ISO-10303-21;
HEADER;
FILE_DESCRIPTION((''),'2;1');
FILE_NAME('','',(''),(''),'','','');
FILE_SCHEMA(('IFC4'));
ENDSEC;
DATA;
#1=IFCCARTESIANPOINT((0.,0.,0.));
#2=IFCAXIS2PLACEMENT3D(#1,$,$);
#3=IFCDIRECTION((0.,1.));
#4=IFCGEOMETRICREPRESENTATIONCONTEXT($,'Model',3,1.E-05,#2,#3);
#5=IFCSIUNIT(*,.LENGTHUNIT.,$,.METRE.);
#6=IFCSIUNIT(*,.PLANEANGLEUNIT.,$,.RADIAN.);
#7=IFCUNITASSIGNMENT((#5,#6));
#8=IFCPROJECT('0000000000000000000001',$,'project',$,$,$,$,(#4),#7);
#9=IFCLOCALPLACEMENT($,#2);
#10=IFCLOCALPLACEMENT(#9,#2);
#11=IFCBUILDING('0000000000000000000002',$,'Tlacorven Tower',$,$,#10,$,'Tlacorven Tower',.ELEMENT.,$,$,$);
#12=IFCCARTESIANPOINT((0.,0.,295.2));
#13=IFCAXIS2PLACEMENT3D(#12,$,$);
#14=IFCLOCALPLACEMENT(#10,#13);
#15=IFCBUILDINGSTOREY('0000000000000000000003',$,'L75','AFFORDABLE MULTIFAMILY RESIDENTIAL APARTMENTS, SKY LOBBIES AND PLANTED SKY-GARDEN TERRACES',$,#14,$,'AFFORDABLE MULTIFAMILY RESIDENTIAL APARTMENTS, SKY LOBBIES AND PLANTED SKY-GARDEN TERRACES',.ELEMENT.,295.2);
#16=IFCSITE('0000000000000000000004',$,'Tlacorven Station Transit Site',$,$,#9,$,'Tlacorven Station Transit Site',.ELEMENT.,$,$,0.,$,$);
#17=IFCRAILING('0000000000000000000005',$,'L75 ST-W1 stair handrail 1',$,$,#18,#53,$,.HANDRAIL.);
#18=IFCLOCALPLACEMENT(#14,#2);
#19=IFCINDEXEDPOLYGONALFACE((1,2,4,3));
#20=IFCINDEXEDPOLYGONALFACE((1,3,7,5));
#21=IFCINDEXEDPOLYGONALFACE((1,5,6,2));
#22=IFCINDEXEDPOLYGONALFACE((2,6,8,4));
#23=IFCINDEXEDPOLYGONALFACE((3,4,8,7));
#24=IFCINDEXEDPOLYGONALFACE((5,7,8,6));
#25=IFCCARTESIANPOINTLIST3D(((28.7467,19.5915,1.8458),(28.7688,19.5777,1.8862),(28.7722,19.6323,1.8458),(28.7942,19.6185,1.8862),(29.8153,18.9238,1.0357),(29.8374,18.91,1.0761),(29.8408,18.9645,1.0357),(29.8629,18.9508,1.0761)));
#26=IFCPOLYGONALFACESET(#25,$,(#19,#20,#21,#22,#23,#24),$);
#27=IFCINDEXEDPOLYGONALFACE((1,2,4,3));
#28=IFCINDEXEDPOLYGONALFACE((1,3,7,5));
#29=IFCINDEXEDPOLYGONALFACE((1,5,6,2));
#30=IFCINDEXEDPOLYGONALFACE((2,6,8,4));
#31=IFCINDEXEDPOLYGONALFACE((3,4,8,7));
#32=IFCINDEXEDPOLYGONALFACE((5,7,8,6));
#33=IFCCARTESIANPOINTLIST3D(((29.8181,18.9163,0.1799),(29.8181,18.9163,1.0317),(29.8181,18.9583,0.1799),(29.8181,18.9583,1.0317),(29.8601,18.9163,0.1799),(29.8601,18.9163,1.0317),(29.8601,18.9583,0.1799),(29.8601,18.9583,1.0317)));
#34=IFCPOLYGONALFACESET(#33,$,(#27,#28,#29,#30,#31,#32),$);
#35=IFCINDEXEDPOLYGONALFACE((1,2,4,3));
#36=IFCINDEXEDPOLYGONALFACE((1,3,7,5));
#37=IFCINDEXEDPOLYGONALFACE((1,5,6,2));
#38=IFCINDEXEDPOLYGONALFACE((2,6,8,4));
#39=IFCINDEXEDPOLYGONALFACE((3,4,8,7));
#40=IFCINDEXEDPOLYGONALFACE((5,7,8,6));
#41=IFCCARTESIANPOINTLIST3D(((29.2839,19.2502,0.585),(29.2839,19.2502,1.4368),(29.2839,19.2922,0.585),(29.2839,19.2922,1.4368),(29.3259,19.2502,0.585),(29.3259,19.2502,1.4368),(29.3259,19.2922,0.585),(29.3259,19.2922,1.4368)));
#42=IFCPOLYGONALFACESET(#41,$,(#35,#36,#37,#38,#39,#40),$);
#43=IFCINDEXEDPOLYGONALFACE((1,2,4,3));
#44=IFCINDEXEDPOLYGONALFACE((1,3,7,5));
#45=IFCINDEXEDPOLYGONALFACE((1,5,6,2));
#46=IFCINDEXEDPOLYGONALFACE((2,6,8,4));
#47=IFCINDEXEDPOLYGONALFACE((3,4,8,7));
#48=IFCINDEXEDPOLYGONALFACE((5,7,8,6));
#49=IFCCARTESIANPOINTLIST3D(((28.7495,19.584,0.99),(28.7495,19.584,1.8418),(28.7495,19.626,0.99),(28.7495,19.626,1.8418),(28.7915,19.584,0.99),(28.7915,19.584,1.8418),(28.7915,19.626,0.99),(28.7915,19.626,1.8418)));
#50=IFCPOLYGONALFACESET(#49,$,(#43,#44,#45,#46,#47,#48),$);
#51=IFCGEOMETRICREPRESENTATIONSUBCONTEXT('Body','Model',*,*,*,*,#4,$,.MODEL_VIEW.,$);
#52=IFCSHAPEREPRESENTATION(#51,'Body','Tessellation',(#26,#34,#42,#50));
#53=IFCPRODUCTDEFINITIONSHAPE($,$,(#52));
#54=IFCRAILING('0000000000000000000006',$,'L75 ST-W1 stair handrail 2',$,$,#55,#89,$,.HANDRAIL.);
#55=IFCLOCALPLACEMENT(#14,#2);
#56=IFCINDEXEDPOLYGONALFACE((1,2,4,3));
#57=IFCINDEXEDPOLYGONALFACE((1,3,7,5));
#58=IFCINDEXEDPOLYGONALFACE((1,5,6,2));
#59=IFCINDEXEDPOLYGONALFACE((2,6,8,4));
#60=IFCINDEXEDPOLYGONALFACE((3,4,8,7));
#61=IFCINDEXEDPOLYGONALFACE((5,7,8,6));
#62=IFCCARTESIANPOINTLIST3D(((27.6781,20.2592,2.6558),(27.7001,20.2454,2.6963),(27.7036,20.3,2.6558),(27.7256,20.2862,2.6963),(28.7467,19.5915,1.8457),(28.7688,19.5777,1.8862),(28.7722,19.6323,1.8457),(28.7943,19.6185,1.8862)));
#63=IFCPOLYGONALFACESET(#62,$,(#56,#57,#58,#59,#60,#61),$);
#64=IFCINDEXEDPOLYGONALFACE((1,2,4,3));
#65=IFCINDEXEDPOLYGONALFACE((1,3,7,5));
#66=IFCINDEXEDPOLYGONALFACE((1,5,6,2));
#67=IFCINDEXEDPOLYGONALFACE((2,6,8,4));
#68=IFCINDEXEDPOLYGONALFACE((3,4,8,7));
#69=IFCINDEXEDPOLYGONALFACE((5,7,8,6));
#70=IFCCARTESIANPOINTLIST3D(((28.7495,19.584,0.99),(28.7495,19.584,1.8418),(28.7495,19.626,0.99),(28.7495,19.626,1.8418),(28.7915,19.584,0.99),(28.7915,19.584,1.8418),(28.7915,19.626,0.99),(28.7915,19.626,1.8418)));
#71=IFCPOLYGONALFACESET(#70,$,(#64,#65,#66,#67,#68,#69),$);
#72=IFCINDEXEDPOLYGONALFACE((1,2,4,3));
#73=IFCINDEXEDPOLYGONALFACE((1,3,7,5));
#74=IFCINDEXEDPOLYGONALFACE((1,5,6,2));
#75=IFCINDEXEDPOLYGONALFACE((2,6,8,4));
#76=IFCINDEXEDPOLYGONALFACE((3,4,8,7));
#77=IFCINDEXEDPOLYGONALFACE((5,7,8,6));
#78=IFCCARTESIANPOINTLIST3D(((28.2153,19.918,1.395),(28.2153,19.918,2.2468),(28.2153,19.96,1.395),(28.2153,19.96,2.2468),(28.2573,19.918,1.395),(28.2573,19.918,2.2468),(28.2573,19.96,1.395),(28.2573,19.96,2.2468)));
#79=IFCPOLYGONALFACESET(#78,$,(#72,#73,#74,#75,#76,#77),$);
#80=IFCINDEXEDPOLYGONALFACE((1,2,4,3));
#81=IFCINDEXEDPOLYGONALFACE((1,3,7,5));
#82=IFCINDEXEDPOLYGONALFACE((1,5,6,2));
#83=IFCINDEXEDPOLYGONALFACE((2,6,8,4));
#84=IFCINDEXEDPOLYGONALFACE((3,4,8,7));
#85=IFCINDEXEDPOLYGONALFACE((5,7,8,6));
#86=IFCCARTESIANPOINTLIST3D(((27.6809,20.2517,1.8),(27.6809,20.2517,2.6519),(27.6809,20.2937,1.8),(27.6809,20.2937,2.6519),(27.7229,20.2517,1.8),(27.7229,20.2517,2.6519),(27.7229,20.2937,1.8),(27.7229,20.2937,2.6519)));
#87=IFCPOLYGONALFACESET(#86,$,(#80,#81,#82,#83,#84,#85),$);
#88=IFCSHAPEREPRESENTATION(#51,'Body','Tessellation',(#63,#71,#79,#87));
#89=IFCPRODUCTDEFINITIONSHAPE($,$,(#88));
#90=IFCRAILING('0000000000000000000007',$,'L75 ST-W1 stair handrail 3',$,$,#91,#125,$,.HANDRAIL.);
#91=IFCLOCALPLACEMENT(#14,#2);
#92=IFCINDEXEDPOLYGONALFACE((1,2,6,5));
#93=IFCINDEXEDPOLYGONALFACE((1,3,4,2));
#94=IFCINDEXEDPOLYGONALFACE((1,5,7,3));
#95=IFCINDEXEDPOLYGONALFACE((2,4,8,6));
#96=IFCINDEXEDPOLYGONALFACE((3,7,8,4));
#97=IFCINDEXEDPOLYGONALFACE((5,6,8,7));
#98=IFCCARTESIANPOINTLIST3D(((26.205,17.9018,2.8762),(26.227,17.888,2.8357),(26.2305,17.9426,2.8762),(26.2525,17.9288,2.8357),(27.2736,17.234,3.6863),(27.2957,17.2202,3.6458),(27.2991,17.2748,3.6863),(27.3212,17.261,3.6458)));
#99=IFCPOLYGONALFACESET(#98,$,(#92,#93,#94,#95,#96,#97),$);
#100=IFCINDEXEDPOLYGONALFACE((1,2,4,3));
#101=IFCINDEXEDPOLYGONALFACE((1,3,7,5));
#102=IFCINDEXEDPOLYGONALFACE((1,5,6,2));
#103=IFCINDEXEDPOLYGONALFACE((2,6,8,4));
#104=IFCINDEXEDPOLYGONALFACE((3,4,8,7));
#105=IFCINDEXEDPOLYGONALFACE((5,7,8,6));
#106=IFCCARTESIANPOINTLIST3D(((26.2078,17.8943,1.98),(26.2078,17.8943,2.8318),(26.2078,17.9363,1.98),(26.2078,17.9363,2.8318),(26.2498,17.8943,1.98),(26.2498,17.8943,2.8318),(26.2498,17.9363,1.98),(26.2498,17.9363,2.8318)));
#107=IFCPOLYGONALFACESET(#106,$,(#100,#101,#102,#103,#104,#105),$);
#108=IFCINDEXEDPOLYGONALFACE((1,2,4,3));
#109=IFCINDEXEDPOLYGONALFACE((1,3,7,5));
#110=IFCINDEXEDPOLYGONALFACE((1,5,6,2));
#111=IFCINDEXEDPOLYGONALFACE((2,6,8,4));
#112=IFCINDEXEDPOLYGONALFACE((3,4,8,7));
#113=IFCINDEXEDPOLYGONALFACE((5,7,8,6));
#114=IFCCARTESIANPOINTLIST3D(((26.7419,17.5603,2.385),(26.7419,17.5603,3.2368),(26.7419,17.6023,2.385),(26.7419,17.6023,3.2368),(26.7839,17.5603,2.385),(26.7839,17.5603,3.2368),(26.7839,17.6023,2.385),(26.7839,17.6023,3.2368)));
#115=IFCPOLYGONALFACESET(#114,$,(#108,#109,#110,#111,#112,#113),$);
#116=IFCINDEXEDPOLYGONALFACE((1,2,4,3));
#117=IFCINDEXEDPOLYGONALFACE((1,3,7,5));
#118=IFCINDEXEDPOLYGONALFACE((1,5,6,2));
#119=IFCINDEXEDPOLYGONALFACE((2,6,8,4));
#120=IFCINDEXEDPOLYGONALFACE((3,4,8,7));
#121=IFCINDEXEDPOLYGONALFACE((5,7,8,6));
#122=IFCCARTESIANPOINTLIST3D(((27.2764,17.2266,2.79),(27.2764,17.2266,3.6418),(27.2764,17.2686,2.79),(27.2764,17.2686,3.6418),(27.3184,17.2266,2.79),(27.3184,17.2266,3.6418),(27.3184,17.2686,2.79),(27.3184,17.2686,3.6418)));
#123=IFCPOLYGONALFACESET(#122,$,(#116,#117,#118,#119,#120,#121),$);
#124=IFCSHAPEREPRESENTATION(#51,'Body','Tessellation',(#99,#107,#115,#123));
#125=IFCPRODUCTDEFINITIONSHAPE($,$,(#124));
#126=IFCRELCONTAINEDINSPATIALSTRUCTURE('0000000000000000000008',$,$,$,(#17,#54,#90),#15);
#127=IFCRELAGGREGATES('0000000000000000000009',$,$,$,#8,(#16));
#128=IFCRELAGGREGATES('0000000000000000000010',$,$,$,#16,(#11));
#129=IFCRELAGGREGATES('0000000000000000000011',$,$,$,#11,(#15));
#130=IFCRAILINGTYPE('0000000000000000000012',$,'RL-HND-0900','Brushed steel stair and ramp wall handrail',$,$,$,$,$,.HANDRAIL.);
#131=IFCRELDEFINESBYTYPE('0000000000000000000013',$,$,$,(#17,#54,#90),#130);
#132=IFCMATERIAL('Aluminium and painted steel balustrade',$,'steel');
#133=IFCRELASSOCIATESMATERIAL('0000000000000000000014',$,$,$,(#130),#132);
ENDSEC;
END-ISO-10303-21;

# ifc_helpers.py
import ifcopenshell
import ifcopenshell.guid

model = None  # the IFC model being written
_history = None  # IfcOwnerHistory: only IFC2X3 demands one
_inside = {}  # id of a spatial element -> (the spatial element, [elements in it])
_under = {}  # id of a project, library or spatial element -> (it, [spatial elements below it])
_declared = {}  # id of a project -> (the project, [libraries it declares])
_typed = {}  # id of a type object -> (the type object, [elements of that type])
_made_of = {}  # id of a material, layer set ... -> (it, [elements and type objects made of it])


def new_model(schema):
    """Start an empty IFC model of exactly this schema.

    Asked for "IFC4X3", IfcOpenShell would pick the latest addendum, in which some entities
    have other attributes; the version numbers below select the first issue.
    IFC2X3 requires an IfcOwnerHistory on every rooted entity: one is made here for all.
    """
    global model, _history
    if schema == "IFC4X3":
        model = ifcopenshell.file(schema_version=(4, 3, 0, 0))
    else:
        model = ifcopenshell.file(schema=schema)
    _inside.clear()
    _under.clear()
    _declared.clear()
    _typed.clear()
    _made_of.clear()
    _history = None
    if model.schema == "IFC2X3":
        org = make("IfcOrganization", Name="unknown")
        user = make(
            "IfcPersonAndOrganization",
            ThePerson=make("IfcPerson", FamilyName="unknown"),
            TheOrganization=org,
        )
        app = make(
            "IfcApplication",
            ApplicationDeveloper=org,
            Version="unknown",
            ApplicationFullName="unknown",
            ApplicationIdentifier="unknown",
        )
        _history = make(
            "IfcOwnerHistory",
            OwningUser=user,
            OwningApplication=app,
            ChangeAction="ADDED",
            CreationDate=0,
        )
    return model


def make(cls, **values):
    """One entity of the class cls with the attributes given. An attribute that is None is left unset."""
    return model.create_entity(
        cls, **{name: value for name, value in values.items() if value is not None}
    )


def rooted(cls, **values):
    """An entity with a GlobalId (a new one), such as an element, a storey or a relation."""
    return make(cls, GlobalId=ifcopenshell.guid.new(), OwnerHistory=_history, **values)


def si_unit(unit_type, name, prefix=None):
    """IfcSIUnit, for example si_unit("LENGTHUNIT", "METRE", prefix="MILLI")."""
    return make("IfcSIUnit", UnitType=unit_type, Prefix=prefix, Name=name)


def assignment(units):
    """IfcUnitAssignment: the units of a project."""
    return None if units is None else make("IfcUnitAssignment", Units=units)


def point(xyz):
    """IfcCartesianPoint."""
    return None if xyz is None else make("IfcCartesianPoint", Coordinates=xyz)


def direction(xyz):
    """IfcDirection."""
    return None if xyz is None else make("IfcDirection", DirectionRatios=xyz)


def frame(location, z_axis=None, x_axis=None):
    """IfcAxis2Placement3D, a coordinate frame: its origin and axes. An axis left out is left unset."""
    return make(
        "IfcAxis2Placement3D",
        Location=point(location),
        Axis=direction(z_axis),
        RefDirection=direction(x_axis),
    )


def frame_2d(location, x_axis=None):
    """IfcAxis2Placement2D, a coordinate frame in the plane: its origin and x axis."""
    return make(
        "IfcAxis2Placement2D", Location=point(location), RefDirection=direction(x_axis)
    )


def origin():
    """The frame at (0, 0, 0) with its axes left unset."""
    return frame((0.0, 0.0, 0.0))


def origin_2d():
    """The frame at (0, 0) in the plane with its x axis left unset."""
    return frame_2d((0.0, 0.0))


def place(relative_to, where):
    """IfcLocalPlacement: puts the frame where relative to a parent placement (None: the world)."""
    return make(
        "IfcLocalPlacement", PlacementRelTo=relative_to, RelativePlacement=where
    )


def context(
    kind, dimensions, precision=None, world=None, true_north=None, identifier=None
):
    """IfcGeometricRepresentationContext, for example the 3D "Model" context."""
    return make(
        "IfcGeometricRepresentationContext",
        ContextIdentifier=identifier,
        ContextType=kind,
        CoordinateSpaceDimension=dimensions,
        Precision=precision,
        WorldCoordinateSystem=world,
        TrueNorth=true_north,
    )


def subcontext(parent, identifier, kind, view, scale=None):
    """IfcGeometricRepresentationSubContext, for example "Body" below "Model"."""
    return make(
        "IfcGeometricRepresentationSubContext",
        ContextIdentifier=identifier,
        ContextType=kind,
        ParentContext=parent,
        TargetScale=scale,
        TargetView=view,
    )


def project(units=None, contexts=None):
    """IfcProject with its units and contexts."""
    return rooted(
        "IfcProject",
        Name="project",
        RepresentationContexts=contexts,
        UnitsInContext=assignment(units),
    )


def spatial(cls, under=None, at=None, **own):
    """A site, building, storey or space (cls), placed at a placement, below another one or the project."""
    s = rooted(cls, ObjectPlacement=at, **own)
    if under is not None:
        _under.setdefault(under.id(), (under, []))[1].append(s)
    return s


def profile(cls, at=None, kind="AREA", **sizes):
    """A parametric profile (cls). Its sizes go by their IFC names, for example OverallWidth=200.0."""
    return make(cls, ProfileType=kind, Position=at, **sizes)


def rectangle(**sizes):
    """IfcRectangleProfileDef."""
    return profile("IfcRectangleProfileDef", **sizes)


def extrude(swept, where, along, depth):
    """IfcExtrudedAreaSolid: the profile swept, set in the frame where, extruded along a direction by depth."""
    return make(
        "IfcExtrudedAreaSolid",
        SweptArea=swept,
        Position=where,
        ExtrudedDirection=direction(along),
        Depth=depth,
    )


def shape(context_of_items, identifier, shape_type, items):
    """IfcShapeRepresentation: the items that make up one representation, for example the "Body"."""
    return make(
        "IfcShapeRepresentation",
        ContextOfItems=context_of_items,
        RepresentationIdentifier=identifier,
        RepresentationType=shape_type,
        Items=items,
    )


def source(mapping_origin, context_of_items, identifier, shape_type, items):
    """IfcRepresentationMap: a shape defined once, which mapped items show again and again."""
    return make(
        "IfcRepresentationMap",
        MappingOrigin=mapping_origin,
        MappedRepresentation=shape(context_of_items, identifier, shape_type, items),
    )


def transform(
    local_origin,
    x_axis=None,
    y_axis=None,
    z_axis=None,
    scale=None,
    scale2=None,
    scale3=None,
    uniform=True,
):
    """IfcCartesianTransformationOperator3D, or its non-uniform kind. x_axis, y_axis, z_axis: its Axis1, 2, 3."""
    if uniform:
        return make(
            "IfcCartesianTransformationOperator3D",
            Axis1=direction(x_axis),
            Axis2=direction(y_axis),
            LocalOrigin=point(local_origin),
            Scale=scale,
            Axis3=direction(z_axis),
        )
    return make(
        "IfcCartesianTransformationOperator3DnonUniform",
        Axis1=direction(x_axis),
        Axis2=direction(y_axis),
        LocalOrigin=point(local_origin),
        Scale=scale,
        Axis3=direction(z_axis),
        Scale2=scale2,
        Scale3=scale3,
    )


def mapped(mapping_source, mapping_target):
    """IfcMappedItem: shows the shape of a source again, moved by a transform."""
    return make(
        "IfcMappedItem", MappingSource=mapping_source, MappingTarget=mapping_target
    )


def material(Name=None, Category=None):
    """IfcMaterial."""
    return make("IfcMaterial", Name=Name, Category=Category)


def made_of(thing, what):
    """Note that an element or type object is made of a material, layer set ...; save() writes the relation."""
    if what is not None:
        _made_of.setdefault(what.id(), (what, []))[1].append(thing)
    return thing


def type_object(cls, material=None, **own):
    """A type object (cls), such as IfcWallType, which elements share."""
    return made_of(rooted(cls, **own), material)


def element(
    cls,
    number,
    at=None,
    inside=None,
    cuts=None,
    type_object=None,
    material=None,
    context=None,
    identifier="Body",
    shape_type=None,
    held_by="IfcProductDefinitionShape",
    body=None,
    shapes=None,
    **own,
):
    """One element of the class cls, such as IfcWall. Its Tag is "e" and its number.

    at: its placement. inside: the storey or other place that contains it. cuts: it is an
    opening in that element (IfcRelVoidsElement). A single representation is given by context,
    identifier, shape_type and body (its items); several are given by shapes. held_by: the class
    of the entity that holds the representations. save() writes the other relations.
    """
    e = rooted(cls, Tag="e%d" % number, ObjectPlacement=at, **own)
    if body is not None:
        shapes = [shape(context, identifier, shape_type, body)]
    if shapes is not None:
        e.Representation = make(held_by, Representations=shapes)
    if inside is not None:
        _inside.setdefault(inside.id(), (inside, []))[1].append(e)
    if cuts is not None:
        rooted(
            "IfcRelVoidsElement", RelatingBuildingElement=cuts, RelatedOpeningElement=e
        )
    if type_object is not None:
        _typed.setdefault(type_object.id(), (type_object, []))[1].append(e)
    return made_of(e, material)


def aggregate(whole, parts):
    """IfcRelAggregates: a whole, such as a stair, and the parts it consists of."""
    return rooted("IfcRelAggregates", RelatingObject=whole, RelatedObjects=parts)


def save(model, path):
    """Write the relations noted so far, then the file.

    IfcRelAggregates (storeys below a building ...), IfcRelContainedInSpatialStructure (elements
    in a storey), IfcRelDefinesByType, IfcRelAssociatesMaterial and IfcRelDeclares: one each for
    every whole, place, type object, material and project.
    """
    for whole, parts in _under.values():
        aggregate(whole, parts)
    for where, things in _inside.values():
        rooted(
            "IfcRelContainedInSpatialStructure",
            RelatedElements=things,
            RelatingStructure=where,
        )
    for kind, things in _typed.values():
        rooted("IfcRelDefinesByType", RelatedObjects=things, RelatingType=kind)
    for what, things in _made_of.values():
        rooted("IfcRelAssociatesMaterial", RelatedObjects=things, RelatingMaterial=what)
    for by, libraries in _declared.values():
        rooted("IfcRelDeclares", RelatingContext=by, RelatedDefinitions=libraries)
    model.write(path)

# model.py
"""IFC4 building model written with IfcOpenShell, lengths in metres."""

from ifc_helpers import new_model, si_unit, direction, frame, origin, origin_2d, place, context, subcontext, project, spatial, rectangle, extrude, source, transform, mapped, material, type_object, element, save


model = new_model("IFC4")

# Units and contexts
model_context = context("Model", 3, precision=1e-05, world=origin(), true_north=direction((0.0, 1.0)))
body_context = subcontext(model_context, "Body", "Model", "MODEL_VIEW")
ifc_project = project(units=[si_unit("LENGTHUNIT", "METRE"), si_unit("PLANEANGLEUNIT", "RADIAN")], contexts=[model_context])

# Site, building, storey
site_placement = place(None, origin())
site = spatial("IfcSite", under=ifc_project, at=site_placement, Name="Tlacorven Station Transit Site", LongName="Tlacorven Station Transit Site", CompositionType="ELEMENT", RefElevation=0.0)
building_placement = place(site_placement, origin())
building = spatial("IfcBuilding", under=site, at=building_placement, Name="Tlacorven Tower", LongName="Tlacorven Tower", CompositionType="ELEMENT")
storey_placement = place(building_placement, frame((0.0, 0.0, 295.2)))
storey = spatial("IfcBuildingStorey", under=building, at=storey_placement, Name="L75", Description="AFFORDABLE MULTIFAMILY RESIDENTIAL APARTMENTS, SKY LOBBIES AND PLANTED SKY-GARDEN TERRACES", LongName="AFFORDABLE MULTIFAMILY RESIDENTIAL APARTMENTS, SKY LOBBIES AND PLANTED SKY-GARDEN TERRACES", CompositionType="ELEMENT", Elevation=295.2)

# Railings
ifc_material_1 = material(Name="Aluminium and painted steel balustrade", Category="steel")
railing_type_1 = type_object("IfcRailingType", Name="RL-HND-0900", Description="Brushed steel stair and ramp wall handrail", PredefinedType="HANDRAIL", material=ifc_material_1)
shared_shape_1 = source(origin(), body_context, "Body", "SweptSolid", [
    extrude(rectangle(XDim=0.0481, YDim=0.0481, at=origin_2d()), frame((0.0, 0.0, 0.876), z_axis=(-0.71336, 0.445748, 0.540765), x_axis=(-0.529912, -0.848053, 0.0)), (0.0, 0.0, 1.0), 1.498),
    extrude(rectangle(XDim=0.042, YDim=0.042, at=origin_2d()), origin(), (0.0, 0.0, 1.0), 0.8518),
    extrude(rectangle(XDim=0.042, YDim=0.042, at=origin_2d()), frame((-0.5342, 0.334, 0.405)), (0.0, 0.0, 1.0), 0.8518),
    extrude(rectangle(XDim=0.042, YDim=0.042, at=origin_2d()), frame((-1.0686, 0.6677, 0.8101)), (0.0, 0.0, 1.0), 0.8518),
])
for number, where, name in (
    (1, (29.8391, 18.9373, 0.1799), "L75 ST-W1 stair handrail 1"),
    (2, (28.7705, 19.605, 0.99), "L75 ST-W1 stair handrail 2"),
):
    element("IfcRailing", number, at=place(storey_placement, frame(where)), inside=storey, type_object=railing_type_1, Name=name, PredefinedType="HANDRAIL", context=body_context, shape_type="MappedRepresentation", body=[
        mapped(shared_shape_1, transform((0.0, 0.0, 0.0), scale=1.0)),
    ])
shared_shape_2 = source(origin(), body_context, "Body", "SweptSolid", [
    extrude(rectangle(XDim=0.0481, YDim=0.0481, at=origin_2d()), frame((0.0, 0.0, 0.876), z_axis=(0.71336, -0.445748, 0.540765), x_axis=(0.529912, 0.848053, 0.0)), (0.0, 0.0, 1.0), 1.498),
    extrude(rectangle(XDim=0.042, YDim=0.042, at=origin_2d()), origin(), (0.0, 0.0, 1.0), 0.8518),
    extrude(rectangle(XDim=0.042, YDim=0.042, at=origin_2d()), frame((0.5342, -0.334, 0.405)), (0.0, 0.0, 1.0), 0.8518),
    extrude(rectangle(XDim=0.042, YDim=0.042, at=origin_2d()), frame((1.0686, -0.6677, 0.8101)), (0.0, 0.0, 1.0), 0.8518),
])
railing_1_placement = place(storey_placement, frame((26.2288, 17.9153, 1.98)))
element("IfcRailing", 3, at=railing_1_placement, inside=storey, type_object=railing_type_1, Name="L75 ST-W1 stair handrail 3", PredefinedType="HANDRAIL", context=body_context, shape_type="MappedRepresentation", body=[
    mapped(shared_shape_2, transform((0.0, 0.0, 0.0), scale=1.0)),
])

save(model, "model.ifc")
